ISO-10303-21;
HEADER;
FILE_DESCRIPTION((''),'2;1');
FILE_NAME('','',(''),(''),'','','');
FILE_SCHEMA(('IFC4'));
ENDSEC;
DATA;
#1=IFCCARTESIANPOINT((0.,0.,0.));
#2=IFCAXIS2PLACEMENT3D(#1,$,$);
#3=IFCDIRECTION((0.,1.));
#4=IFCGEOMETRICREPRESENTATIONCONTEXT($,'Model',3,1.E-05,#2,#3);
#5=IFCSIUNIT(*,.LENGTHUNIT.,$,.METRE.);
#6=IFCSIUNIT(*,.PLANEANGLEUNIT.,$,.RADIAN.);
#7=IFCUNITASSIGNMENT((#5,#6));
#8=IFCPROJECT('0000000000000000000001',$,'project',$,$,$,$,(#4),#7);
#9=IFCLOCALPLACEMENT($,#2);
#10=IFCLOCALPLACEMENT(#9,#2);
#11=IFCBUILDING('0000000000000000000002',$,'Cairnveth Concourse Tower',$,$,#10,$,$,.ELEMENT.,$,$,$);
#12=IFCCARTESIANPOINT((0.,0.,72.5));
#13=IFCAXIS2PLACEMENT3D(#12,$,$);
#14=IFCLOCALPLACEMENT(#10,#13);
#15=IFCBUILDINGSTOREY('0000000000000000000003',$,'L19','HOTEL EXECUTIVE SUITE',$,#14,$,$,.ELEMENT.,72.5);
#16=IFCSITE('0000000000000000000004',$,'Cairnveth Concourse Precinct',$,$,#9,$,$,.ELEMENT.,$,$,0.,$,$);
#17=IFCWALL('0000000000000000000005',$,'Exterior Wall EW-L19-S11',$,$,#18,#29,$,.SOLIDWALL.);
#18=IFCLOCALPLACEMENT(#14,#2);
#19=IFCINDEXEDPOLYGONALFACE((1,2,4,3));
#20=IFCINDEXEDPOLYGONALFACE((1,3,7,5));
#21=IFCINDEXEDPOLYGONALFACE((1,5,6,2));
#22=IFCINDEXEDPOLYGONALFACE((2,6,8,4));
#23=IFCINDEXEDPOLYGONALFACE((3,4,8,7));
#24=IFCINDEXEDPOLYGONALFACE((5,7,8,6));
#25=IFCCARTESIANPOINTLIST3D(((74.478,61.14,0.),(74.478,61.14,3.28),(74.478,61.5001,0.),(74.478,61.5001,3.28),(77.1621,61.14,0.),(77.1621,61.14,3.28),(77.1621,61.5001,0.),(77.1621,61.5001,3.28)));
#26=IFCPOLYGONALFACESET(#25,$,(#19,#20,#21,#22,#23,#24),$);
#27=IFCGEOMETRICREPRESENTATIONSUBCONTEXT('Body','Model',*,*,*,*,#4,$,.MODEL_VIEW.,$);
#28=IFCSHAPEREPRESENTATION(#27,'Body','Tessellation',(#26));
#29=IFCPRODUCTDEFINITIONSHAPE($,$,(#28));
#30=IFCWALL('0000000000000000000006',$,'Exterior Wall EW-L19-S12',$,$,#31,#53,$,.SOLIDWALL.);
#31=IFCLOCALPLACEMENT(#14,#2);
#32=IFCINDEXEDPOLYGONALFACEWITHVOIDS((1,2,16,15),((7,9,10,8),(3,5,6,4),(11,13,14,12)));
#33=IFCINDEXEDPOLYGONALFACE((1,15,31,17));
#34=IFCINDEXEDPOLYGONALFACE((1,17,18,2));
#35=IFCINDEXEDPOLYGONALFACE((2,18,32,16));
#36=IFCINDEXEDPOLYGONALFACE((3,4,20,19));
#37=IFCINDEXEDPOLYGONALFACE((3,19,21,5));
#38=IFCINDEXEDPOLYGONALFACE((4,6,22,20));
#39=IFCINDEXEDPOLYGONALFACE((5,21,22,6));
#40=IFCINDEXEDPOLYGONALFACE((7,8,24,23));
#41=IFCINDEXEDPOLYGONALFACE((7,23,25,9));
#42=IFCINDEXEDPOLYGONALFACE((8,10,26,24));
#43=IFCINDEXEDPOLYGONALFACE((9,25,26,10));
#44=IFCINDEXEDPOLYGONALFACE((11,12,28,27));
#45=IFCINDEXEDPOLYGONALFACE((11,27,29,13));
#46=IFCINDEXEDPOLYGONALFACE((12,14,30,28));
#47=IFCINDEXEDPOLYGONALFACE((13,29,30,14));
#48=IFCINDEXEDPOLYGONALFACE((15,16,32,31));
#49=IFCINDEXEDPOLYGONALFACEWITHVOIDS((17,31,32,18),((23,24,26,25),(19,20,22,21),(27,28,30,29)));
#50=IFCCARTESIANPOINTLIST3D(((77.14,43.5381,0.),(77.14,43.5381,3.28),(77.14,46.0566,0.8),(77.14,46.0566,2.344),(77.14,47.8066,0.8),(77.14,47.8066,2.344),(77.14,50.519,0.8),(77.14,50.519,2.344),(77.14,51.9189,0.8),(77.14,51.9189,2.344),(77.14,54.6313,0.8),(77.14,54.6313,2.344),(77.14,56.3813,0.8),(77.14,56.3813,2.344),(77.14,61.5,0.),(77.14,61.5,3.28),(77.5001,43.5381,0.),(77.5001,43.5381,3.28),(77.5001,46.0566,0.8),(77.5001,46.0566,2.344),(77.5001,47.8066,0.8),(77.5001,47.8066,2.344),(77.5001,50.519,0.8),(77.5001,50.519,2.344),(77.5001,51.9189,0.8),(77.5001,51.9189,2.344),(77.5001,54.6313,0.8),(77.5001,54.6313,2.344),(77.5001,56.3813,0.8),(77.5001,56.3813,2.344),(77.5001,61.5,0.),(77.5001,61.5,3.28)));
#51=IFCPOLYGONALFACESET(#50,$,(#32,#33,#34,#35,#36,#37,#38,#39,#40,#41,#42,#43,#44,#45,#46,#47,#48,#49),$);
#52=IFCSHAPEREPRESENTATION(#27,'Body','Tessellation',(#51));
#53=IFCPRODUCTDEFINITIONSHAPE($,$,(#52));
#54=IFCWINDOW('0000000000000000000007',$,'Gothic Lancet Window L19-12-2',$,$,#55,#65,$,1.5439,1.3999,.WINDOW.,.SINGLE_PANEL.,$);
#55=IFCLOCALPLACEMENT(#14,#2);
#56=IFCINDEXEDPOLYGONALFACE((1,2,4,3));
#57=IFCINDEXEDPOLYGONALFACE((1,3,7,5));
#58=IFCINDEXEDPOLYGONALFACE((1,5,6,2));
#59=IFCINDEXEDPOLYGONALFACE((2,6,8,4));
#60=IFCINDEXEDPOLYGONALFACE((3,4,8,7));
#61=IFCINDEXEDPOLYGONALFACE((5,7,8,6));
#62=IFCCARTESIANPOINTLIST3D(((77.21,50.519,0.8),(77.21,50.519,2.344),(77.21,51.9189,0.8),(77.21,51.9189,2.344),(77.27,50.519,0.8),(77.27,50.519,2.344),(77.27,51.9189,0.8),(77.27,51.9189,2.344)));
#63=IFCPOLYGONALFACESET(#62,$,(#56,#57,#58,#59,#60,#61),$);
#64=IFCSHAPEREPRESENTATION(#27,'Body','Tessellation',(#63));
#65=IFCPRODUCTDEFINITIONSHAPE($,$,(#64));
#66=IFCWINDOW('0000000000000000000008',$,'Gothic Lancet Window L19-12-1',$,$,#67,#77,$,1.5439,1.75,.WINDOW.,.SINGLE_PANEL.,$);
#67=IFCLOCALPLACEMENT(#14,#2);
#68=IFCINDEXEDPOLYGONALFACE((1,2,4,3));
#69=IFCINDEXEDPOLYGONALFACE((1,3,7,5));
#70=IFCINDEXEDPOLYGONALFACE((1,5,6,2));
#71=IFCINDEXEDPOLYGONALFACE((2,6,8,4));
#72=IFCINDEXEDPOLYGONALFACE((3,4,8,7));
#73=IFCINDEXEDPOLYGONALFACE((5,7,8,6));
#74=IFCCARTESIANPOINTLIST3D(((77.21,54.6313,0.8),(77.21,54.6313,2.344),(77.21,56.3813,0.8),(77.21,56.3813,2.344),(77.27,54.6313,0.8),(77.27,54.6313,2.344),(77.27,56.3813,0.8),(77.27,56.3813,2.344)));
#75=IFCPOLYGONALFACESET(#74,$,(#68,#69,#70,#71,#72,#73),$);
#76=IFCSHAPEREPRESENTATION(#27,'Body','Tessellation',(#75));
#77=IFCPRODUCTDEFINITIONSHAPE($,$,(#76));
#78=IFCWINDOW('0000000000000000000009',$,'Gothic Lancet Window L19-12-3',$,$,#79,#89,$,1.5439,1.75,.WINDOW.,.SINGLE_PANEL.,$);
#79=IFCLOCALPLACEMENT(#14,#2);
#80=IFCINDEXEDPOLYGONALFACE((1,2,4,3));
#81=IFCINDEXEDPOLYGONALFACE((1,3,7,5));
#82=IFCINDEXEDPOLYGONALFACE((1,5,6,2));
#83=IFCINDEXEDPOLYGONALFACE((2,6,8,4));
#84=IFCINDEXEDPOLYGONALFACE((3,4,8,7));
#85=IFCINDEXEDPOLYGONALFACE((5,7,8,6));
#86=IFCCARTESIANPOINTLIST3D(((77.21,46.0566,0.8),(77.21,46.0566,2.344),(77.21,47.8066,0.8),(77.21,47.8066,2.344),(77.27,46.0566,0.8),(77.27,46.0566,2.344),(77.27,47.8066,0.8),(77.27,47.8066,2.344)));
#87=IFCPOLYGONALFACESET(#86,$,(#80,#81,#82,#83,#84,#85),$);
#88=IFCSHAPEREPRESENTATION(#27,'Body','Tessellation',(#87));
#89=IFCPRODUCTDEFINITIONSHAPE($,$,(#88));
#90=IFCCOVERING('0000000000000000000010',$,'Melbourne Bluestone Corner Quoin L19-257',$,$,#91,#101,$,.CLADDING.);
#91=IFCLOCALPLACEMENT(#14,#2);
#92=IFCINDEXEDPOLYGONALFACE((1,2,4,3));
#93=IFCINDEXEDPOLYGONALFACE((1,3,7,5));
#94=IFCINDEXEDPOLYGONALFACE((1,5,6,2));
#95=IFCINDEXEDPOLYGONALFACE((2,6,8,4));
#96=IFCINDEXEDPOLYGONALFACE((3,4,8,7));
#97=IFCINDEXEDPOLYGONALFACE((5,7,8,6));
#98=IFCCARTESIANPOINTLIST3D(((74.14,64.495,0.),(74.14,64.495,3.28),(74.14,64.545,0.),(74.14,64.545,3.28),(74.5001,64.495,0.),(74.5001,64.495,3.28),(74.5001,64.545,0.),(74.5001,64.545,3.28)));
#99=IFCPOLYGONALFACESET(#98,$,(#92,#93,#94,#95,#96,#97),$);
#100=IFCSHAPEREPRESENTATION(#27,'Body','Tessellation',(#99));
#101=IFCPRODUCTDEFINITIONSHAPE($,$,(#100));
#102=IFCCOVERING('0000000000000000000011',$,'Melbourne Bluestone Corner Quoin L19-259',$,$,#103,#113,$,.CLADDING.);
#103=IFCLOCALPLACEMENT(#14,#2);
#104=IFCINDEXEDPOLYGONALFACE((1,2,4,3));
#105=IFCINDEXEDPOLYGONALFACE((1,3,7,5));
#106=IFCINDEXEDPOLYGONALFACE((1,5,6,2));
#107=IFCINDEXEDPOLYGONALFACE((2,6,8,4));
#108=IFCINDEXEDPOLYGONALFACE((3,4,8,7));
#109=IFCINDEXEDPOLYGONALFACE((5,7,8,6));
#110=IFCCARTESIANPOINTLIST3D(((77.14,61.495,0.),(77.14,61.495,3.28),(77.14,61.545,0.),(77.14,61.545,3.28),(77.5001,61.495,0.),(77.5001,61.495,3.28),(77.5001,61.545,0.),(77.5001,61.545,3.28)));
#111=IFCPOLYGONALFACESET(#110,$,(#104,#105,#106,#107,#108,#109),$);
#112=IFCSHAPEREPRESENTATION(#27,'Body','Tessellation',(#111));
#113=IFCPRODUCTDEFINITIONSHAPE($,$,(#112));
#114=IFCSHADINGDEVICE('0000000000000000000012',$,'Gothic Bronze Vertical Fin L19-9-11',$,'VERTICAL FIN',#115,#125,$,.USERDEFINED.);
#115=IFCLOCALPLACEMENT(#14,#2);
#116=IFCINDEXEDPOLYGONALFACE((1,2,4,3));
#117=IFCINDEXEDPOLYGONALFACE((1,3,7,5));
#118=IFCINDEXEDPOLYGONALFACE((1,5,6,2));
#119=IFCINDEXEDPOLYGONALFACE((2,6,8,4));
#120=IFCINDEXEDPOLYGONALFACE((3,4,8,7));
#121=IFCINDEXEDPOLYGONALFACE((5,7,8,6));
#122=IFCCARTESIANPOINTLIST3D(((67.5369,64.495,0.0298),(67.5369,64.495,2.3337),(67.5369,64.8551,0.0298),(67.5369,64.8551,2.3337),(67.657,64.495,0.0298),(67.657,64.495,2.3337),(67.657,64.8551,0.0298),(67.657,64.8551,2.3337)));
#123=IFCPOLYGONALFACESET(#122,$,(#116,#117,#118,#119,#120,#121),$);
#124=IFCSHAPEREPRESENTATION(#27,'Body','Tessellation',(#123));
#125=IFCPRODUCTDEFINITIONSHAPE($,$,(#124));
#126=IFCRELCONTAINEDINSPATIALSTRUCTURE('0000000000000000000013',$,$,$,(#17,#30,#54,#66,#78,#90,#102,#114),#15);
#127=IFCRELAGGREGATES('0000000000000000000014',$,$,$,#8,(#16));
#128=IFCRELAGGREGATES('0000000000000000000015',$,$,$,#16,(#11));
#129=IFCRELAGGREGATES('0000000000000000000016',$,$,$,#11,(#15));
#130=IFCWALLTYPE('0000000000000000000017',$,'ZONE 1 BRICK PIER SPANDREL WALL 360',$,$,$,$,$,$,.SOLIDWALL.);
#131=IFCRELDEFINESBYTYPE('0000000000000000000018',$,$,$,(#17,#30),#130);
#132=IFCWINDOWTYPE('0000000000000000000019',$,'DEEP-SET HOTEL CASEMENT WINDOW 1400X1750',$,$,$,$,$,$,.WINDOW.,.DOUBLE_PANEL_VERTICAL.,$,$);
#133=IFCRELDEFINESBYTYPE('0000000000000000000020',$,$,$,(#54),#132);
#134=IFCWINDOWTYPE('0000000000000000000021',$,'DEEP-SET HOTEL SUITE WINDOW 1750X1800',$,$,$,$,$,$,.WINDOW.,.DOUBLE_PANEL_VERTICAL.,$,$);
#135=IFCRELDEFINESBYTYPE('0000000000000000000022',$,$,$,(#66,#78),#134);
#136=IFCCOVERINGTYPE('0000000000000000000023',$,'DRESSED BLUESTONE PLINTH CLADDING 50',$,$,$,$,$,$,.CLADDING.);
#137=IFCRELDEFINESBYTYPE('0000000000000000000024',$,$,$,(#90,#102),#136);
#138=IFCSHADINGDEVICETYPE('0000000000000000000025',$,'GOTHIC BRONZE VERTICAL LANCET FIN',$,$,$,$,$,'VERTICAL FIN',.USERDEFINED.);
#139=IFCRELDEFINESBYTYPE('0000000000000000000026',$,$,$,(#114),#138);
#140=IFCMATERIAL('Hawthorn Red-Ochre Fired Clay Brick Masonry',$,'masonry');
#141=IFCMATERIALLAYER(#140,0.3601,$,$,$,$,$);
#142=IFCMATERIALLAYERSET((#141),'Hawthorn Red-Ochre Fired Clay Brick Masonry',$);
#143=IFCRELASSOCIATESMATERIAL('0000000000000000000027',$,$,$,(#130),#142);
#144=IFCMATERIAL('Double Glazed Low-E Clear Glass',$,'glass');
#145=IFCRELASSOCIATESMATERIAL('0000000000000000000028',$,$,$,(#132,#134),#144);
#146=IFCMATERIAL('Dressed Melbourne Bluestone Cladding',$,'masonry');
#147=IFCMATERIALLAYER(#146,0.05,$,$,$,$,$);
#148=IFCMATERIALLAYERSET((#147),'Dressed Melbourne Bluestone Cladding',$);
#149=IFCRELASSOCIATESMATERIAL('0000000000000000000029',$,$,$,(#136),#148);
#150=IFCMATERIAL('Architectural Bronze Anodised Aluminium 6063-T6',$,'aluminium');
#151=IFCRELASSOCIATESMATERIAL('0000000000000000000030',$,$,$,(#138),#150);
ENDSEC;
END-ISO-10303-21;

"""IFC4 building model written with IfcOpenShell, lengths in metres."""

from ifc_helpers import new_model, si_unit, direction, frame, frame_2d, origin, origin_2d, place, context, subcontext, project, spatial, rectangle, extrude, material, layer, layer_set, type_object, element, fill, save


model = new_model("IFC4")

# Units and contexts
model_context = context("Model", 3, precision=1e-05, world=origin(), true_north=direction((0.0, 1.0)))
body_context = subcontext(model_context, "Body", "Model", "MODEL_VIEW")
ifc_project = project(units=[si_unit("LENGTHUNIT", "METRE"), si_unit("PLANEANGLEUNIT", "RADIAN")], contexts=[model_context])

# Site, building, storey
site_placement = place(None, origin())
site = spatial("IfcSite", under=ifc_project, at=site_placement, Name="Cairnveth Concourse Precinct", CompositionType="ELEMENT", RefElevation=0.0)
building_placement = place(site_placement, origin())
building = spatial("IfcBuilding", under=site, at=building_placement, Name="Cairnveth Concourse Tower", CompositionType="ELEMENT")
storey_placement = place(building_placement, frame((0.0, 0.0, 72.5)))
storey = spatial("IfcBuildingStorey", under=building, at=storey_placement, Name="L19", Description="HOTEL EXECUTIVE SUITE", CompositionType="ELEMENT", Elevation=72.5)

# Wall
ifc_material_1 = material(Name="Hawthorn Red-Ochre Fired Clay Brick Masonry", Category="masonry")
ifc_layer_1 = layer(ifc_material_1, 0.3601)
ifc_layer_set_1 = layer_set([ifc_layer_1], Name="Hawthorn Red-Ochre Fired Clay Brick Masonry")
wall_type = type_object("IfcWallType", Name="ZONE 1 BRICK PIER SPANDREL WALL 360", PredefinedType="SOLIDWALL", material=ifc_layer_set_1)
wall_1_placement = place(storey_placement, frame((74.478, 61.3201, 0.0), z_axis=(0.0, 0.0, 1.0), x_axis=(1.0, 0.0, 0.0)))
element("IfcWall", 1, at=wall_1_placement, inside=storey, type_object=wall_type, Name="Exterior Wall EW-L19-S11", PredefinedType="SOLIDWALL", context=body_context, shape_type="SweptSolid", body=[
    extrude(rectangle(XDim=2.6841, YDim=0.3601, at=frame_2d((1.342, 0.0))), origin(), (0.0, 0.0, 1.0), 3.28),
])

# Wall, openings, windows
wall_2_placement = place(storey_placement, frame((77.3201, 61.5, 0.0), z_axis=(0.0, 0.0, 1.0), x_axis=(0.0, -1.0, 0.0)))
wall_2 = element("IfcWall", 2, at=wall_2_placement, inside=storey, type_object=wall_type, Name="Exterior Wall EW-L19-S12", PredefinedType="SOLIDWALL", context=body_context, shape_type="SweptSolid", body=[
    extrude(rectangle(XDim=17.9619, YDim=0.3601, at=frame_2d((8.981, 0.0))), origin(), (0.0, 0.0, 1.0), 3.28),
])
opening_1_placement = place(wall_2_placement, frame((5.1187, 0.0, 0.8)))
opening_1 = element("IfcOpeningElement", 3, at=opening_1_placement, cuts=wall_2, PredefinedType="OPENING", context=body_context, shape_type="SweptSolid", body=[
    extrude(rectangle(XDim=1.75, YDim=1.5439, at=frame_2d((0.875, 0.772))), frame((0.0, 0.1899, 0.0), z_axis=(0.0, -1.0, 0.0), x_axis=(1.0, 0.0, 0.0)), (0.0, 0.0, 1.0), 0.3801),
])
opening_2_placement = place(wall_2_placement, frame((9.5811, 0.0, 0.8)))
opening_2 = element("IfcOpeningElement", 4, at=opening_2_placement, cuts=wall_2, PredefinedType="OPENING", context=body_context, shape_type="SweptSolid", body=[
    extrude(rectangle(XDim=1.3999, YDim=1.5439, at=frame_2d((0.7, 0.772))), frame((0.0, 0.1899, 0.0), z_axis=(0.0, -1.0, 0.0), x_axis=(1.0, 0.0, 0.0)), (0.0, 0.0, 1.0), 0.3801),
])
opening_3_placement = place(wall_2_placement, frame((13.6934, 0.0, 0.8)))
opening_3 = element("IfcOpeningElement", 5, at=opening_3_placement, cuts=wall_2, PredefinedType="OPENING", context=body_context, shape_type="SweptSolid", body=[
    extrude(rectangle(XDim=1.75, YDim=1.5439, at=frame_2d((0.875, 0.772))), frame((0.0, 0.1899, 0.0), z_axis=(0.0, -1.0, 0.0), x_axis=(1.0, 0.0, 0.0)), (0.0, 0.0, 1.0), 0.3801),
])
ifc_material_2 = material(Name="Double Glazed Low-E Clear Glass", Category="glass")
window_type_1 = type_object("IfcWindowType", Name="DEEP-SET HOTEL CASEMENT WINDOW 1400X1750", PartitioningType="DOUBLE_PANEL_VERTICAL", PredefinedType="WINDOW", material=ifc_material_2)
window_1_placement = place(opening_2_placement, origin())
window_1 = element("IfcWindow", 6, at=window_1_placement, inside=storey, type_object=window_type_1, Name="Gothic Lancet Window L19-12-2", OverallHeight=1.5439, OverallWidth=1.3999, PartitioningType="SINGLE_PANEL", PredefinedType="WINDOW", context=body_context, shape_type="SweptSolid", body=[
    extrude(rectangle(XDim=1.3999, YDim=1.5439, at=frame_2d((0.7, 0.772))), frame((0.0, -0.05, 0.0), z_axis=(0.0, -1.0, 0.0), x_axis=(1.0, 0.0, 0.0)), (0.0, 0.0, 1.0), 0.0601),
])
fill(opening_2, window_1)
window_type_2 = type_object("IfcWindowType", Name="DEEP-SET HOTEL SUITE WINDOW 1750X1800", PartitioningType="DOUBLE_PANEL_VERTICAL", PredefinedType="WINDOW", material=ifc_material_2)
window_2_placement = place(opening_1_placement, origin())
window_2 = element("IfcWindow", 7, at=window_2_placement, inside=storey, type_object=window_type_2, Name="Gothic Lancet Window L19-12-1", OverallHeight=1.5439, OverallWidth=1.75, PartitioningType="SINGLE_PANEL", PredefinedType="WINDOW", context=body_context, shape_type="SweptSolid", body=[
    extrude(rectangle(XDim=1.75, YDim=1.5439, at=frame_2d((0.875, 0.772))), frame((0.0, -0.05, 0.0), z_axis=(0.0, -1.0, 0.0), x_axis=(1.0, 0.0, 0.0)), (0.0, 0.0, 1.0), 0.0601),
])
fill(opening_1, window_2)
window_3_placement = place(opening_3_placement, origin())
window_3 = element("IfcWindow", 8, at=window_3_placement, inside=storey, type_object=window_type_2, Name="Gothic Lancet Window L19-12-3", OverallHeight=1.5439, OverallWidth=1.75, PartitioningType="SINGLE_PANEL", PredefinedType="WINDOW", context=body_context, shape_type="SweptSolid", body=[
    extrude(rectangle(XDim=1.75, YDim=1.5439, at=frame_2d((0.875, 0.772))), frame((0.0, -0.05, 0.0), z_axis=(0.0, -1.0, 0.0), x_axis=(1.0, 0.0, 0.0)), (0.0, 0.0, 1.0), 0.0601),
])
fill(opening_3, window_3)

# Coverings
ifc_material_3 = material(Name="Dressed Melbourne Bluestone Cladding", Category="masonry")
ifc_layer_2 = layer(ifc_material_3, 0.05)
ifc_layer_set_2 = layer_set([ifc_layer_2], Name="Dressed Melbourne Bluestone Cladding")
covering_type = type_object("IfcCoveringType", Name="DRESSED BLUESTONE PLINTH CLADDING 50", PredefinedType="CLADDING", material=ifc_layer_set_2)
for number, where, z_axis, x_axis, name in (
    (9, (74.1399, 64.52, 0.0), (0.0, 0.0, 1.0), (1.0, 0.0, 0.0), "Melbourne Bluestone Corner Quoin L19-257"),
    (10, (77.1399, 61.52, 0.0), (0.0, 0.0, 1.0), (1.0, 0.0, 0.0), "Melbourne Bluestone Corner Quoin L19-259"),
):
    element("IfcCovering", number, at=place(storey_placement, frame(where, z_axis=z_axis, x_axis=x_axis)), inside=storey, type_object=covering_type, Name=name, PredefinedType="CLADDING", context=body_context, shape_type="SweptSolid", body=[
        extrude(rectangle(XDim=0.3601, YDim=0.05, at=frame_2d((0.1802, 0.0))), origin(), (0.0, 0.0, 1.0), 3.28),
    ])

# Shading device
ifc_material_4 = material(Name="Architectural Bronze Anodised Aluminium 6063-T6", Category="aluminium")
shading_device_type = type_object("IfcShadingDeviceType", Name="GOTHIC BRONZE VERTICAL LANCET FIN", ElementType="VERTICAL FIN", PredefinedType="USERDEFINED", material=ifc_material_4)
shading_device_placement = place(storey_placement, frame((67.5969, 64.675, 0.0298), z_axis=(0.0, 0.0, 1.0), x_axis=(1.0, 0.0, 0.0)))
element("IfcShadingDevice", 11, at=shading_device_placement, inside=storey, type_object=shading_device_type, Name="Gothic Bronze Vertical Fin L19-9-11", ObjectType="VERTICAL FIN", PredefinedType="USERDEFINED", context=body_context, shape_type="SweptSolid", body=[
    extrude(rectangle(XDim=0.1201, YDim=0.3601, at=origin_2d()), origin(), (0.0, 0.0, 1.0), 2.304),
])

save(model, "model.ifc")
